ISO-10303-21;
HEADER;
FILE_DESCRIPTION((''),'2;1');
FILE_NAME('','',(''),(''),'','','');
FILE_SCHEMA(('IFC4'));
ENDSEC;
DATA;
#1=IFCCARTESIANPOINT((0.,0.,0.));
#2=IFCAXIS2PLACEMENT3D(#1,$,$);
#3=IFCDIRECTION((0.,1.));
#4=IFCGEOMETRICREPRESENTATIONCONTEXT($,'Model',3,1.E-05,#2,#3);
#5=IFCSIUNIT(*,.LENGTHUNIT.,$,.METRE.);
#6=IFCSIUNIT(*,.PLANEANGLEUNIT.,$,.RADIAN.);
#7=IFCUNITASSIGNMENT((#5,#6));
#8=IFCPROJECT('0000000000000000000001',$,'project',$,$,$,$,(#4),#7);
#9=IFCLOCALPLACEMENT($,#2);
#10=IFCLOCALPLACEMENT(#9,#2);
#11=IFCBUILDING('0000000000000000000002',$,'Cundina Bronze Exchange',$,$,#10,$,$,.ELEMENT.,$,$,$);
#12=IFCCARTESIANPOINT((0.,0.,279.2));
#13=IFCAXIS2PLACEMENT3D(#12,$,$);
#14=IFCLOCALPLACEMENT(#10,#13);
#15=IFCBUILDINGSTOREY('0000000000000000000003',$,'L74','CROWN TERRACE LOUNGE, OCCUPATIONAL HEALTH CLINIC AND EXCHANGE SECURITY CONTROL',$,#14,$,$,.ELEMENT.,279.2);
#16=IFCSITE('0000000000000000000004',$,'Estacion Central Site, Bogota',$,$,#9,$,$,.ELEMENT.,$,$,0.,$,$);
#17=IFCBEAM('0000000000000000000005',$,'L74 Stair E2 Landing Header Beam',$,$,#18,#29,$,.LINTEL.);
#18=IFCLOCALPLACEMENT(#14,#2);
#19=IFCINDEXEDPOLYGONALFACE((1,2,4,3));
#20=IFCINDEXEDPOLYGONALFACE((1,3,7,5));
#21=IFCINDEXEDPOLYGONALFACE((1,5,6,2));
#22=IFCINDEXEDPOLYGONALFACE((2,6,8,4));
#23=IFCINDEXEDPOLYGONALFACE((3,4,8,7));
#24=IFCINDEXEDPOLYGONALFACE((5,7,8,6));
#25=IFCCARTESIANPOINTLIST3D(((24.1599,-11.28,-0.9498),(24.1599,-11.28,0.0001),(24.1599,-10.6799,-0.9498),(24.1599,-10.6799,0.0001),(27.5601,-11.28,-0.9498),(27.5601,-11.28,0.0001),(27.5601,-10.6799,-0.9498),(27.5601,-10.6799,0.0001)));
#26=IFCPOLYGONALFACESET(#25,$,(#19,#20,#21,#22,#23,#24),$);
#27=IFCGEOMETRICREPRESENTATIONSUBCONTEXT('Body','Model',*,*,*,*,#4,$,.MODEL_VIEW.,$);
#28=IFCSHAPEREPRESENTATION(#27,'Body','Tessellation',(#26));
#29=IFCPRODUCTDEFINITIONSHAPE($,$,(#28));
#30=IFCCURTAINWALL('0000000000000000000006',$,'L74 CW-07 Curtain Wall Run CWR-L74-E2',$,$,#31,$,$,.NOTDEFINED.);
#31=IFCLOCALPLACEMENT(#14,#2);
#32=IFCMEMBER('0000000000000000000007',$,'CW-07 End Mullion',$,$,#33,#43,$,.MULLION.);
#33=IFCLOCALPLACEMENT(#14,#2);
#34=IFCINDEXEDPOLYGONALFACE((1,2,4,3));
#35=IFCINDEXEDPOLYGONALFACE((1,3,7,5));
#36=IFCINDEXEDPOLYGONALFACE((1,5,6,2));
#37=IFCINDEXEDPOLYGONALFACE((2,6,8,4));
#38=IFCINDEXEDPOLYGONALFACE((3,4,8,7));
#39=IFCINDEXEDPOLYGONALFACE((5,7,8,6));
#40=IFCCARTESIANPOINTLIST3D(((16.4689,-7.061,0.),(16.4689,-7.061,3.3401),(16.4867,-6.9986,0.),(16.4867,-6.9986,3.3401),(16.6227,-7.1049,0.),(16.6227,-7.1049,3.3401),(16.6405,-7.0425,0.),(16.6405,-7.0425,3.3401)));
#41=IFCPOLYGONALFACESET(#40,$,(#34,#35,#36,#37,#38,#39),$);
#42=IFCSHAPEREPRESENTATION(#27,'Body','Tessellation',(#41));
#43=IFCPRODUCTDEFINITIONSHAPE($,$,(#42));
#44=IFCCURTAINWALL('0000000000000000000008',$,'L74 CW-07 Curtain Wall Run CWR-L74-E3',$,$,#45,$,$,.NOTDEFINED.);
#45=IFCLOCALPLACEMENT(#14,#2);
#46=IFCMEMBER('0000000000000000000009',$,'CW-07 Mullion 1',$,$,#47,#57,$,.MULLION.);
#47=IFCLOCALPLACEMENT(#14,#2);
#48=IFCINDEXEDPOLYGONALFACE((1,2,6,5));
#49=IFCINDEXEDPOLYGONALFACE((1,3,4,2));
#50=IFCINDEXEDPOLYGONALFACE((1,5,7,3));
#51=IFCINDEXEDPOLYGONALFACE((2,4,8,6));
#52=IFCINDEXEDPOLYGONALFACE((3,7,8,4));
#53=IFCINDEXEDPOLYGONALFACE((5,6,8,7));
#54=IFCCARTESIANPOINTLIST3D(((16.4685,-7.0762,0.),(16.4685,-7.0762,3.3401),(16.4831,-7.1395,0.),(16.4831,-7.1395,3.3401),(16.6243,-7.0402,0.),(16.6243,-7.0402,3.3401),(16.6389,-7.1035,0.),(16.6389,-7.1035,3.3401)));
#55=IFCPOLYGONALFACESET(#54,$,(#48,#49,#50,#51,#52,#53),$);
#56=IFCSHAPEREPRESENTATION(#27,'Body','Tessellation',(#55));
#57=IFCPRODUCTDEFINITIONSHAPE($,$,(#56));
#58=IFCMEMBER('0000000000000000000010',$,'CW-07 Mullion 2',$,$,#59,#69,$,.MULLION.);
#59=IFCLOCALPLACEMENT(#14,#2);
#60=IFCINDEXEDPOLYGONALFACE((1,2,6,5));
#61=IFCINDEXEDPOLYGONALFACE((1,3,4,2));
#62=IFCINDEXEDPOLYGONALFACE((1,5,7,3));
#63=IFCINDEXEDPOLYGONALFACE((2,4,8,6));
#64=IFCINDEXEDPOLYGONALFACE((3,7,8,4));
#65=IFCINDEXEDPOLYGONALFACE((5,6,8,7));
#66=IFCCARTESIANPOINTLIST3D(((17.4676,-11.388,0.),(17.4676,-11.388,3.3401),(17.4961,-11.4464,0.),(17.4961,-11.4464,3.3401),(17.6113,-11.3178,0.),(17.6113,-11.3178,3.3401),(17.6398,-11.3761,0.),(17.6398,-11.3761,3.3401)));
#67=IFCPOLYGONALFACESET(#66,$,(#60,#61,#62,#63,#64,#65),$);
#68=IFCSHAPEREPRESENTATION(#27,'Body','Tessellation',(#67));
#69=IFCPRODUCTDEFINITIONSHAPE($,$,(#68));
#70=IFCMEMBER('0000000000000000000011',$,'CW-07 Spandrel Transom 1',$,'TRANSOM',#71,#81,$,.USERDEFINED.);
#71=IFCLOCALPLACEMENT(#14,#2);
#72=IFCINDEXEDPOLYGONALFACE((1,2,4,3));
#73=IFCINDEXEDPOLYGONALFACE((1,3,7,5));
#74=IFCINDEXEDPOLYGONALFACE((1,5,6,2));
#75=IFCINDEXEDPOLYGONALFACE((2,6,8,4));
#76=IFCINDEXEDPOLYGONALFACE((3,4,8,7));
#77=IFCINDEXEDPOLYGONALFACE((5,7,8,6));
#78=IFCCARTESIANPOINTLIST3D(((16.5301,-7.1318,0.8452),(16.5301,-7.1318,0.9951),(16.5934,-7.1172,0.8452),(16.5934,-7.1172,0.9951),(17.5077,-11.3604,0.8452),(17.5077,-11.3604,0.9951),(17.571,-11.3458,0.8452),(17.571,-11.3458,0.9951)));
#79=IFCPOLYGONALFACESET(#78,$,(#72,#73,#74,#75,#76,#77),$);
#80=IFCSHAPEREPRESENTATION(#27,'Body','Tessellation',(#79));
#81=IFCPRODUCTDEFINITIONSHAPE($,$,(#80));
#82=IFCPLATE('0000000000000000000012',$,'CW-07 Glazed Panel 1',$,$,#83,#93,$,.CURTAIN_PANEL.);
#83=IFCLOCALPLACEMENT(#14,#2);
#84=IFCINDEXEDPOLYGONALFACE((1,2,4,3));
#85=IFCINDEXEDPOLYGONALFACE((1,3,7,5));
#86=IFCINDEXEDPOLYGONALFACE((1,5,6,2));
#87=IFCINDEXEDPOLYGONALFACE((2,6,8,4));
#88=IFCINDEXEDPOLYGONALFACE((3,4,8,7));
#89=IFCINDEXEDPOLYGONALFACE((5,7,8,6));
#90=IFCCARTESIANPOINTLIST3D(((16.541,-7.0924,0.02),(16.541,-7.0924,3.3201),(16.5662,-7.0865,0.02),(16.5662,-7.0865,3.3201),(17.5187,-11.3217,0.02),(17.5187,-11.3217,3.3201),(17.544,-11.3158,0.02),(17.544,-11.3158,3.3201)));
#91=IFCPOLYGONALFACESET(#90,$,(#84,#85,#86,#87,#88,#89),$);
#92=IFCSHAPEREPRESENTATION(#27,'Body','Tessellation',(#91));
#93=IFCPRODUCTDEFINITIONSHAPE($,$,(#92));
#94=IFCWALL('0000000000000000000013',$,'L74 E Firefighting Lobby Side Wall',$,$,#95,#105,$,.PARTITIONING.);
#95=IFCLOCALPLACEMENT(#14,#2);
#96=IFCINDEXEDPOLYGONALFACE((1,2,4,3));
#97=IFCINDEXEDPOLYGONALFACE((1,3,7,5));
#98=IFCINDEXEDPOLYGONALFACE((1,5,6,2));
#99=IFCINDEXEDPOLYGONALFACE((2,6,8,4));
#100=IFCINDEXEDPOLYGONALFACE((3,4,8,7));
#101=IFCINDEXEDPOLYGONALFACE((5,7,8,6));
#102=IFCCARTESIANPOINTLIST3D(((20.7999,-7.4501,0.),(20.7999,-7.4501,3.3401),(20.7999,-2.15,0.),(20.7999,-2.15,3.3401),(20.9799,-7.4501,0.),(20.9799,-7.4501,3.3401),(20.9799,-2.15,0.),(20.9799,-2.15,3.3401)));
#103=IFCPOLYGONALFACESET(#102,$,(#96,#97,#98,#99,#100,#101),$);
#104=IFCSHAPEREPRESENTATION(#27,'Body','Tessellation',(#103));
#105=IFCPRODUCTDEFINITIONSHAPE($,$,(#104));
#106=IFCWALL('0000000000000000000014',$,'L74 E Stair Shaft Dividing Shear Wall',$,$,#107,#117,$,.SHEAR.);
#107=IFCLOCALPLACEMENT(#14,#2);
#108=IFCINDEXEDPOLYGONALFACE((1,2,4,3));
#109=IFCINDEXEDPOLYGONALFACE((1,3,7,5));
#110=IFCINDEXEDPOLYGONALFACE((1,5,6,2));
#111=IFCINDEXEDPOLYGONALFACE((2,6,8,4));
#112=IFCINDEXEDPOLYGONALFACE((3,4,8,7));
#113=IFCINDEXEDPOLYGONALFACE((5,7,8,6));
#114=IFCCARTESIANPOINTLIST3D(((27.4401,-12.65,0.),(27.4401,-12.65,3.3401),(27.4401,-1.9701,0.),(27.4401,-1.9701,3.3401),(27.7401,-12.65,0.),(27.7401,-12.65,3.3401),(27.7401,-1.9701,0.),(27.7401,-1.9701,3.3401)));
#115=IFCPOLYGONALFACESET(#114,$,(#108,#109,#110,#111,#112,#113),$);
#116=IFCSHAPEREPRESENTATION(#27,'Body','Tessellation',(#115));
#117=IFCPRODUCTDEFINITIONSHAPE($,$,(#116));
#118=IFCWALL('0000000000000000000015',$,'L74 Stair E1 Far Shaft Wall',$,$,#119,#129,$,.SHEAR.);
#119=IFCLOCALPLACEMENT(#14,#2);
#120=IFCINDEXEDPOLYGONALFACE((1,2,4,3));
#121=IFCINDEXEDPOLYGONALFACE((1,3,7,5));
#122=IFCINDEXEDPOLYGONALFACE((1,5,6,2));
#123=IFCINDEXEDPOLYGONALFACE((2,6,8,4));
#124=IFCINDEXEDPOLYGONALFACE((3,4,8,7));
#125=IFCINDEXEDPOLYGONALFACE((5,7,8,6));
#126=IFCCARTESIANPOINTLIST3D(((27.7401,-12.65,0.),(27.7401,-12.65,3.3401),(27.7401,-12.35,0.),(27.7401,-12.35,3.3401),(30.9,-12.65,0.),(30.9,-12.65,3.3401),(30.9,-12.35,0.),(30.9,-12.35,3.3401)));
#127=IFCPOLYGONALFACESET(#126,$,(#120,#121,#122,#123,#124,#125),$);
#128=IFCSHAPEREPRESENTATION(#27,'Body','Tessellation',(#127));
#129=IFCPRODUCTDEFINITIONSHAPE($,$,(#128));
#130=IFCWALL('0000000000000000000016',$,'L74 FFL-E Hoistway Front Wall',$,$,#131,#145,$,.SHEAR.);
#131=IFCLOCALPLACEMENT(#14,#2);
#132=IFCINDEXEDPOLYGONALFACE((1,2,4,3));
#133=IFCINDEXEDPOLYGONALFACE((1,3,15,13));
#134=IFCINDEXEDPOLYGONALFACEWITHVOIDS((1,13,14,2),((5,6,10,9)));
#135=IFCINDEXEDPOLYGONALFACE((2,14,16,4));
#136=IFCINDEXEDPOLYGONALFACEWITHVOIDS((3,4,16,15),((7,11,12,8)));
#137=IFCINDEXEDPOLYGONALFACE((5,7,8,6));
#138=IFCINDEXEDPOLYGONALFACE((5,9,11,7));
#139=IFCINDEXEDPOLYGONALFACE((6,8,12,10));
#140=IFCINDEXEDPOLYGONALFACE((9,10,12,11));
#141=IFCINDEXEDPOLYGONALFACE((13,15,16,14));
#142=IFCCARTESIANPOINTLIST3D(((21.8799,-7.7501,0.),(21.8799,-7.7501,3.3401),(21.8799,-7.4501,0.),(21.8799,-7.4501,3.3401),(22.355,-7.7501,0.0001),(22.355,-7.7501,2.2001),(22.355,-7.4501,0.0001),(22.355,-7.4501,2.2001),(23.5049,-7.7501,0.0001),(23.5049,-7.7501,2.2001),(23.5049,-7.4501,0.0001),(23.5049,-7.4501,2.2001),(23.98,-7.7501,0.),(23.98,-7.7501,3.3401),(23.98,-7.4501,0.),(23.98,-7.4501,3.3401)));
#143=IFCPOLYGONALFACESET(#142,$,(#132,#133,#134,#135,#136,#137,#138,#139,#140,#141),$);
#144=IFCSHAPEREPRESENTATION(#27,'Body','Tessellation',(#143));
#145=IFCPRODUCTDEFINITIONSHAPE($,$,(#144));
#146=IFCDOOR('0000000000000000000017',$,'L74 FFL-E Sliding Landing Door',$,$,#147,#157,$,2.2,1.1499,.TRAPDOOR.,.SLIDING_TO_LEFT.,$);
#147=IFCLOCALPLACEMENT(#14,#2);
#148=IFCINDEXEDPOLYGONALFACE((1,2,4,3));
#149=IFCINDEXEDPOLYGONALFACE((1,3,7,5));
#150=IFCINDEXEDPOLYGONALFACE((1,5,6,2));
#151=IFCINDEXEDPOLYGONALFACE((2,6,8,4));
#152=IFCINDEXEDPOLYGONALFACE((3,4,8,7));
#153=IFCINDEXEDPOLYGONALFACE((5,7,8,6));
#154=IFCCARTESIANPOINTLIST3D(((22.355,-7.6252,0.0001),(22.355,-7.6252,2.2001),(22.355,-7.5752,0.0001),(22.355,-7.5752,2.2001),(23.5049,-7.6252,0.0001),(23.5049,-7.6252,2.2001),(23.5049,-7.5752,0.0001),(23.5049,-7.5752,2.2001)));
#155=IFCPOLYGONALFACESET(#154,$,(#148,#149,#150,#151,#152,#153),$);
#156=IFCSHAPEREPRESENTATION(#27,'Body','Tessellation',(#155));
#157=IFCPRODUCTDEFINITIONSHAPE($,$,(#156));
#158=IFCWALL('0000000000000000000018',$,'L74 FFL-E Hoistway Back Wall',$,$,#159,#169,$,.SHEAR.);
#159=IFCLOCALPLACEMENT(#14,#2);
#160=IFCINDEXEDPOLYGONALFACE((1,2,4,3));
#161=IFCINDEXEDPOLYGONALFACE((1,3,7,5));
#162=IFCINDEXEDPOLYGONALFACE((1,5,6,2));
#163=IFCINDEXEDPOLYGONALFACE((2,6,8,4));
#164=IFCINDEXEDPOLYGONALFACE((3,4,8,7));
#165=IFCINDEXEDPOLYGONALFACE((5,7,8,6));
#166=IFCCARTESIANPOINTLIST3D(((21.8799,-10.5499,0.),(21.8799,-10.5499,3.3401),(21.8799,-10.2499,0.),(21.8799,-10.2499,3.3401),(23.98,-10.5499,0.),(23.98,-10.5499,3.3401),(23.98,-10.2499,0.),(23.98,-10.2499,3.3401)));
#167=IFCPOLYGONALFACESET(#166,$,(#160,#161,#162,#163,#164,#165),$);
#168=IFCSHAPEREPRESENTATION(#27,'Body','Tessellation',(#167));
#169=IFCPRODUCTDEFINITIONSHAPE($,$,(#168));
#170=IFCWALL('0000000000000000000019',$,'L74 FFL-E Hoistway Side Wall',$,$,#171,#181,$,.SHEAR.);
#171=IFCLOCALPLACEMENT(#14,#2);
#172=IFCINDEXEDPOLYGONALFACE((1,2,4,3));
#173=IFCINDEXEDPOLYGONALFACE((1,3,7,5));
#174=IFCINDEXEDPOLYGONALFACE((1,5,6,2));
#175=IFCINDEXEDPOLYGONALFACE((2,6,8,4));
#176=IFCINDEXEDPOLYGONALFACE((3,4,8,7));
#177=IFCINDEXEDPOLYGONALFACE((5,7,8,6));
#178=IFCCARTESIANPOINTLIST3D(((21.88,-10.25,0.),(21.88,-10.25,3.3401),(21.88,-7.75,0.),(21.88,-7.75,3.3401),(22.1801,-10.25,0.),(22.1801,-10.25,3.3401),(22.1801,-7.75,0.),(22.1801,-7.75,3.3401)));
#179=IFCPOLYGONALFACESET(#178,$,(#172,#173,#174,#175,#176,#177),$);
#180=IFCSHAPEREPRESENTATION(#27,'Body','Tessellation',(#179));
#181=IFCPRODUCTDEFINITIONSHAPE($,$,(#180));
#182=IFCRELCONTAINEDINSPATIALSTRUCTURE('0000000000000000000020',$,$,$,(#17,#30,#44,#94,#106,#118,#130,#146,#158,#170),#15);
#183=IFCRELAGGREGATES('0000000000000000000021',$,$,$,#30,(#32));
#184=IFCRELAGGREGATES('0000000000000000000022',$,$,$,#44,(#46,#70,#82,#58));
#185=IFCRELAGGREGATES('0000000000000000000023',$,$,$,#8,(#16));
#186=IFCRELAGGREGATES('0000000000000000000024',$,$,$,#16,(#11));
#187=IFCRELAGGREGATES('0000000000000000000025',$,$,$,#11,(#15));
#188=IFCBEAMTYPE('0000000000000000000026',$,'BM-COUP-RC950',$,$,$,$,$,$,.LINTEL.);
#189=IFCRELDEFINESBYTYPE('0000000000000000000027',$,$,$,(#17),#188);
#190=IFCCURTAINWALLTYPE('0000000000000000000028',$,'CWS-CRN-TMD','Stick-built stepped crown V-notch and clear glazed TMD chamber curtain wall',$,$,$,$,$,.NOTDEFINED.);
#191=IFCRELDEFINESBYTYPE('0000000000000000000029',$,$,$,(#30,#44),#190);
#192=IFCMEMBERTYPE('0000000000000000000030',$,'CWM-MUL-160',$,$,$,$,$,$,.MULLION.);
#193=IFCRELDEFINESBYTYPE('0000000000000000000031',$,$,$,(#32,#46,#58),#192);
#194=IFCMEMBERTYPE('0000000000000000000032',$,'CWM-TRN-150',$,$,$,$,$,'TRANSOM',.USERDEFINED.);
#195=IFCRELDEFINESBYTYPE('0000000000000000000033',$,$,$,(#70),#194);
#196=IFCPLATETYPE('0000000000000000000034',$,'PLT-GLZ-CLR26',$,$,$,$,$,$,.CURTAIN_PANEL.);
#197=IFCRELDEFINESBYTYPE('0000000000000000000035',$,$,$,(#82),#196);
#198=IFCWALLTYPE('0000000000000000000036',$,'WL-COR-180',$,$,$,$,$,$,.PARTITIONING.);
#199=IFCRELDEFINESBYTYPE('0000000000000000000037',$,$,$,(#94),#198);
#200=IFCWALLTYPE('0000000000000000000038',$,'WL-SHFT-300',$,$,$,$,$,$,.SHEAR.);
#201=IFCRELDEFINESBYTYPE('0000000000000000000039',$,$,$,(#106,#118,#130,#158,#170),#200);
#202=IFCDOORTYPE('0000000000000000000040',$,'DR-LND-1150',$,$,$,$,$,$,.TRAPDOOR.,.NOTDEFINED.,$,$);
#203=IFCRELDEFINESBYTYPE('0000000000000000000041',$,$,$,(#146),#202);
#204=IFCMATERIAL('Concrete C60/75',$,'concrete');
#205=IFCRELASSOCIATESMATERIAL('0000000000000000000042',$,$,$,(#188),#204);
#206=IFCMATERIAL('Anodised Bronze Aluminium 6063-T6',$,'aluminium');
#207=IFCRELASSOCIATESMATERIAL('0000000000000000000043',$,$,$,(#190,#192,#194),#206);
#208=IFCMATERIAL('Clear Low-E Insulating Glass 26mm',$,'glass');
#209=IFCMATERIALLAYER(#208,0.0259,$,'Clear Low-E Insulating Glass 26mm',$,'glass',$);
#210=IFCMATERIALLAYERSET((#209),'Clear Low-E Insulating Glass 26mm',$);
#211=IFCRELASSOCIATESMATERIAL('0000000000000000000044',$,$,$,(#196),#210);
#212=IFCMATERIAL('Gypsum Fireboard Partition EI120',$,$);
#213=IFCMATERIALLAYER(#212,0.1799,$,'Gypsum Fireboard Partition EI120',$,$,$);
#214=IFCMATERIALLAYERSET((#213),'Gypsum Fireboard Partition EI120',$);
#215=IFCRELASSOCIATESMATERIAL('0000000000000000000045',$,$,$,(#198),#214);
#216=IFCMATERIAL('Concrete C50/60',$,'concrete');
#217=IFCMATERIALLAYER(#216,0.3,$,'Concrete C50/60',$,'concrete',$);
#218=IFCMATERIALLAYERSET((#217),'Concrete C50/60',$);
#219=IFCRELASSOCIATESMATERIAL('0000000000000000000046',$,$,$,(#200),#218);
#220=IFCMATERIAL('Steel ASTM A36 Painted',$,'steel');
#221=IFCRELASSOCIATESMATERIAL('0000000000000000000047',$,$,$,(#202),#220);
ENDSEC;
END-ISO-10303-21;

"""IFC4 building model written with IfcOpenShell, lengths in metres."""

from ifc_helpers import new_model, si_unit, direction, frame, frame_2d, origin, origin_2d, place, context, subcontext, project, spatial, rectangle, extrude, material, layer, layer_set, material_profile, profile_set, type_object, element, fill, aggregate, save


model = new_model("IFC4")

# Units and contexts
model_context = context("Model", 3, precision=1e-05, world=origin(), true_north=direction((0.0, 1.0)))
body_context = subcontext(model_context, "Body", "Model", "MODEL_VIEW")
ifc_project = project(units=[si_unit("LENGTHUNIT", "METRE"), si_unit("PLANEANGLEUNIT", "RADIAN")], contexts=[model_context])

# Site, building, storey
site_placement = place(None, origin())
site = spatial("IfcSite", under=ifc_project, at=site_placement, Name="Estacion Central Site, Bogota", CompositionType="ELEMENT", RefElevation=0.0)
building_placement = place(site_placement, origin())
building = spatial("IfcBuilding", under=site, at=building_placement, Name="Cundina Bronze Exchange", CompositionType="ELEMENT")
storey_placement = place(building_placement, frame((0.0, 0.0, 279.2)))
storey = spatial("IfcBuildingStorey", under=building, at=storey_placement, Name="L74", Description="CROWN TERRACE LOUNGE, OCCUPATIONAL HEALTH CLINIC AND EXCHANGE SECURITY CONTROL", CompositionType="ELEMENT", Elevation=279.2)

# Beam
ifc_material_1 = material(Name="Concrete C60/75", Category="concrete")
ifc_material_profile_1 = material_profile(ifc_material_1, rectangle(XDim=0.6001, YDim=0.95, at=origin_2d()), Name="RC600X950", Category="concrete")
ifc_profile_set_1 = profile_set([ifc_material_profile_1], Name="Concrete C60/75")
beam_type = type_object("IfcBeamType", Name="BM-COUP-RC950", PredefinedType="LINTEL", material=ifc_profile_set_1)
beam_placement = place(storey_placement, frame((24.1599, -10.98, -0.4749), z_axis=(1.0, 0.0, 0.0), x_axis=(0.0, 1.0, 0.0)))
element("IfcBeam", 1, at=beam_placement, inside=storey, type_object=beam_type, Name="L74 Stair E2 Landing Header Beam", PredefinedType="LINTEL", context=body_context, shape_type="SweptSolid", body=[
    extrude(rectangle(XDim=0.6001, YDim=0.95, at=origin_2d()), origin(), (0.0, 0.0, 1.0), 3.4001),
])

# Curtain wall, member
ifc_material_2 = material(Name="Anodised Bronze Aluminium 6063-T6", Category="aluminium")
curtain_wall_type = type_object("IfcCurtainWallType", Name="CWS-CRN-TMD", Description="Stick-built stepped crown V-notch and clear glazed TMD chamber curtain wall", PredefinedType="NOTDEFINED", material=ifc_material_2)
curtain_wall_1_placement = place(storey_placement, origin())
curtain_wall_1 = element("IfcCurtainWall", 2, at=curtain_wall_1_placement, inside=storey, type_object=curtain_wall_type, Name="L74 CW-07 Curtain Wall Run CWR-L74-E2", PredefinedType="NOTDEFINED")
ifc_material_profile_2 = material_profile(ifc_material_2, rectangle(XDim=0.0649, YDim=0.1599, at=origin_2d()), Name="AL65X160", Category="aluminium")
ifc_profile_set_2 = profile_set([ifc_material_profile_2], Name="Anodised Bronze Aluminium 6063-T6")
member_type_1 = type_object("IfcMemberType", Name="CWM-MUL-160", PredefinedType="MULLION", material=ifc_profile_set_2)
member_1_placement = place(storey_placement, frame((16.5547, -7.0518, 0.0), z_axis=(0.0, 0.0, 1.0), x_axis=(-0.274631, -0.96155, 0.0)))
member_1 = element("IfcMember", 3, at=member_1_placement, type_object=member_type_1, Name="CW-07 End Mullion", PredefinedType="MULLION", context=body_context, shape_type="SweptSolid", body=[
    extrude(rectangle(XDim=0.0649, YDim=0.1599, at=origin_2d()), origin(), (0.0, 0.0, 1.0), 3.3401),
])
aggregate(curtain_wall_1, [member_1])

# Curtain wall, members, plate
curtain_wall_2_placement = place(storey_placement, origin())
curtain_wall_2 = element("IfcCurtainWall", 4, at=curtain_wall_2_placement, inside=storey, type_object=curtain_wall_type, Name="L74 CW-07 Curtain Wall Run CWR-L74-E3", PredefinedType="NOTDEFINED")
member_2_placement = place(storey_placement, frame((16.5537, -7.0898, 0.0), z_axis=(0.0, 0.0, 1.0), x_axis=(0.225291, -0.974291, 0.0)))
member_2 = element("IfcMember", 5, at=member_2_placement, type_object=member_type_1, Name="CW-07 Mullion 1", PredefinedType="MULLION", context=body_context, shape_type="SweptSolid", body=[
    extrude(rectangle(XDim=0.0649, YDim=0.1599, at=origin_2d()), origin(), (0.0, 0.0, 1.0), 3.3401),
])
member_3_placement = place(storey_placement, frame((17.5537, -11.3821, 0.0), z_axis=(0.0, 0.0, 1.0), x_axis=(0.439155, -0.898411, 0.0)))
member_3 = element("IfcMember", 6, at=member_3_placement, type_object=member_type_1, Name="CW-07 Mullion 2", PredefinedType="MULLION", context=body_context, shape_type="SweptSolid", body=[
    extrude(rectangle(XDim=0.0649, YDim=0.1599, at=origin_2d()), origin(), (0.0, 0.0, 1.0), 3.3401),
])
ifc_material_profile_3 = material_profile(ifc_material_2, rectangle(XDim=0.0649, YDim=0.1499, at=origin_2d()), Name="AL65X150", Category="aluminium")
ifc_profile_set_3 = profile_set([ifc_material_profile_3], Name="Anodised Bronze Aluminium 6063-T6")
member_type_2 = type_object("IfcMemberType", Name="CWM-TRN-150", ElementType="TRANSOM", PredefinedType="USERDEFINED", material=ifc_profile_set_3)
member_4_placement = place(storey_placement, frame((16.5618, -7.1245, 0.9202), z_axis=(0.225237, -0.974304, 0.0), x_axis=(0.974304, 0.225237, 0.0)))
member_4 = element("IfcMember", 7, at=member_4_placement, type_object=member_type_2, Name="CW-07 Spandrel Transom 1", ObjectType="TRANSOM", PredefinedType="USERDEFINED", context=body_context, shape_type="SweptSolid", body=[
    extrude(rectangle(XDim=0.0649, YDim=0.1499, at=origin_2d()), origin(), (0.0, 0.0, 1.0), 4.3401),
])
ifc_material_3 = material(Name="Clear Low-E Insulating Glass 26mm", Category="glass")
ifc_layer_1 = layer(ifc_material_3, 0.0259, Name="Clear Low-E Insulating Glass 26mm", Category="glass")
ifc_layer_set_1 = layer_set([ifc_layer_1], Name="Clear Low-E Insulating Glass 26mm")
plate_type = type_object("IfcPlateType", Name="PLT-GLZ-CLR26", PredefinedType="CURTAIN_PANEL", material=ifc_layer_set_1)
plate_placement = place(storey_placement, frame((17.0425, -9.2041, 0.02), z_axis=(0.0, 0.0, 1.0), x_axis=(0.22524, -0.974303, 0.0)))
plate = element("IfcPlate", 8, at=plate_placement, type_object=plate_type, Name="CW-07 Glazed Panel 1", PredefinedType="CURTAIN_PANEL", context=body_context, shape_type="SweptSolid", body=[
    extrude(rectangle(XDim=4.3408, YDim=0.0259, at=origin_2d()), origin(), (0.0, 0.0, 1.0), 3.3),
])
aggregate(curtain_wall_2, [member_2, member_4, plate, member_3])

# Walls
ifc_material_4 = material(Name="Gypsum Fireboard Partition EI120")
ifc_layer_2 = layer(ifc_material_4, 0.1799, Name="Gypsum Fireboard Partition EI120")
ifc_layer_set_2 = layer_set([ifc_layer_2], Name="Gypsum Fireboard Partition EI120")
wall_type_1 = type_object("IfcWallType", Name="WL-COR-180", PredefinedType="PARTITIONING", material=ifc_layer_set_2)
wall_1_placement = place(storey_placement, frame((20.8899, -7.45, 0.0), z_axis=(0.0, 0.0, 1.0), x_axis=(0.0, 1.0, 0.0)))
element("IfcWall", 9, at=wall_1_placement, inside=storey, type_object=wall_type_1, Name="L74 E Firefighting Lobby Side Wall", PredefinedType="PARTITIONING", context=body_context, shape_type="SweptSolid", body=[
    extrude(rectangle(XDim=5.3, YDim=0.1799, at=frame_2d((2.6499, 0.0))), origin(), (0.0, 0.0, 1.0), 3.3401),
])
ifc_material_5 = material(Name="Concrete C50/60", Category="concrete")
ifc_layer_3 = layer(ifc_material_5, 0.3, Name="Concrete C50/60", Category="concrete")
ifc_layer_set_3 = layer_set([ifc_layer_3], Name="Concrete C50/60")
wall_type_2 = type_object("IfcWallType", Name="WL-SHFT-300", PredefinedType="SHEAR", material=ifc_layer_set_3)
wall_2_placement = place(storey_placement, frame((27.5901, -12.6499, 0.0), z_axis=(0.0, 0.0, 1.0), x_axis=(0.0, 1.0, 0.0)))
element("IfcWall", 10, at=wall_2_placement, inside=storey, type_object=wall_type_2, Name="L74 E Stair Shaft Dividing Shear Wall", PredefinedType="SHEAR", context=body_context, shape_type="SweptSolid", body=[
    extrude(rectangle(XDim=10.6799, YDim=0.3, at=frame_2d((5.3398, 0.0))), origin(), (0.0, 0.0, 1.0), 3.3401),
])
wall_3_placement = place(storey_placement, frame((27.74, -12.5, 0.0), z_axis=(0.0, 0.0, 1.0), x_axis=(1.0, 0.0, 0.0)))
element("IfcWall", 11, at=wall_3_placement, inside=storey, type_object=wall_type_2, Name="L74 Stair E1 Far Shaft Wall", PredefinedType="SHEAR", context=body_context, shape_type="SweptSolid", body=[
    extrude(rectangle(XDim=3.1599, YDim=0.3, at=frame_2d((1.5801, 0.0))), origin(), (0.0, 0.0, 1.0), 3.3401),
])

# Wall, opening, door
ifc_material_6 = material(Name="Steel ASTM A36 Painted", Category="steel")
wall_4_placement = place(storey_placement, frame((21.8799, -7.6001, 0.0), z_axis=(0.0, 0.0, 1.0), x_axis=(1.0, 0.0, 0.0)))
wall_4 = element("IfcWall", 12, at=wall_4_placement, inside=storey, type_object=wall_type_2, Name="L74 FFL-E Hoistway Front Wall", PredefinedType="SHEAR", context=body_context, shape_type="SweptSolid", body=[
    extrude(rectangle(XDim=2.1001, YDim=0.3, at=frame_2d((1.05, 0.0))), origin(), (0.0, 0.0, 1.0), 3.3401),
])
opening_1_placement = place(wall_4_placement, frame((0.4751, 0.0, 0.0)))
opening_1 = element("IfcOpeningElement", 13, at=opening_1_placement, cuts=wall_4, PredefinedType="OPENING", context=body_context, shape_type="SweptSolid", body=[
    extrude(rectangle(XDim=1.1499, YDim=2.2, at=frame_2d((0.575, 1.1001))), frame((0.0, 0.1599, 0.0), z_axis=(0.0, -1.0, 0.0), x_axis=(1.0, 0.0, 0.0)), (0.0, 0.0, 1.0), 0.3201),
])
door_type_1 = type_object("IfcDoorType", Name="DR-LND-1150", OperationType="NOTDEFINED", PredefinedType="TRAPDOOR", material=ifc_material_6)
door_1_placement = place(opening_1_placement, origin())
door_1 = element("IfcDoor", 14, at=door_1_placement, inside=storey, type_object=door_type_1, Name="L74 FFL-E Sliding Landing Door", OperationType="SLIDING_TO_LEFT", OverallHeight=2.2, OverallWidth=1.1499, PredefinedType="TRAPDOOR", context=body_context, shape_type="SweptSolid", body=[
    extrude(rectangle(XDim=1.1499, YDim=2.2, at=frame_2d((0.575, 1.1001))), frame((0.0, 0.0249, 0.0), z_axis=(0.0, -1.0, 0.0), x_axis=(1.0, 0.0, 0.0)), (0.0, 0.0, 1.0), 0.05),
])
fill(opening_1, door_1)

# Walls
wall_5_placement = place(storey_placement, frame((21.8799, -10.3999, 0.0), z_axis=(0.0, 0.0, 1.0), x_axis=(1.0, 0.0, 0.0)))
element("IfcWall", 15, at=wall_5_placement, inside=storey, type_object=wall_type_2, Name="L74 FFL-E Hoistway Back Wall", PredefinedType="SHEAR", context=body_context, shape_type="SweptSolid", body=[
    extrude(rectangle(XDim=2.1001, YDim=0.3, at=frame_2d((1.05, 0.0))), origin(), (0.0, 0.0, 1.0), 3.3401),
])
wall_6_placement = place(storey_placement, frame((22.03, -10.25, 0.0), z_axis=(0.0, 0.0, 1.0), x_axis=(0.0, 1.0, 0.0)))
element("IfcWall", 16, at=wall_6_placement, inside=storey, type_object=wall_type_2, Name="L74 FFL-E Hoistway Side Wall", PredefinedType="SHEAR", context=body_context, shape_type="SweptSolid", body=[
    extrude(rectangle(XDim=2.5, YDim=0.3, at=frame_2d((1.25, 0.0))), origin(), (0.0, 0.0, 1.0), 3.3401),
])

save(model, "model.ifc")
